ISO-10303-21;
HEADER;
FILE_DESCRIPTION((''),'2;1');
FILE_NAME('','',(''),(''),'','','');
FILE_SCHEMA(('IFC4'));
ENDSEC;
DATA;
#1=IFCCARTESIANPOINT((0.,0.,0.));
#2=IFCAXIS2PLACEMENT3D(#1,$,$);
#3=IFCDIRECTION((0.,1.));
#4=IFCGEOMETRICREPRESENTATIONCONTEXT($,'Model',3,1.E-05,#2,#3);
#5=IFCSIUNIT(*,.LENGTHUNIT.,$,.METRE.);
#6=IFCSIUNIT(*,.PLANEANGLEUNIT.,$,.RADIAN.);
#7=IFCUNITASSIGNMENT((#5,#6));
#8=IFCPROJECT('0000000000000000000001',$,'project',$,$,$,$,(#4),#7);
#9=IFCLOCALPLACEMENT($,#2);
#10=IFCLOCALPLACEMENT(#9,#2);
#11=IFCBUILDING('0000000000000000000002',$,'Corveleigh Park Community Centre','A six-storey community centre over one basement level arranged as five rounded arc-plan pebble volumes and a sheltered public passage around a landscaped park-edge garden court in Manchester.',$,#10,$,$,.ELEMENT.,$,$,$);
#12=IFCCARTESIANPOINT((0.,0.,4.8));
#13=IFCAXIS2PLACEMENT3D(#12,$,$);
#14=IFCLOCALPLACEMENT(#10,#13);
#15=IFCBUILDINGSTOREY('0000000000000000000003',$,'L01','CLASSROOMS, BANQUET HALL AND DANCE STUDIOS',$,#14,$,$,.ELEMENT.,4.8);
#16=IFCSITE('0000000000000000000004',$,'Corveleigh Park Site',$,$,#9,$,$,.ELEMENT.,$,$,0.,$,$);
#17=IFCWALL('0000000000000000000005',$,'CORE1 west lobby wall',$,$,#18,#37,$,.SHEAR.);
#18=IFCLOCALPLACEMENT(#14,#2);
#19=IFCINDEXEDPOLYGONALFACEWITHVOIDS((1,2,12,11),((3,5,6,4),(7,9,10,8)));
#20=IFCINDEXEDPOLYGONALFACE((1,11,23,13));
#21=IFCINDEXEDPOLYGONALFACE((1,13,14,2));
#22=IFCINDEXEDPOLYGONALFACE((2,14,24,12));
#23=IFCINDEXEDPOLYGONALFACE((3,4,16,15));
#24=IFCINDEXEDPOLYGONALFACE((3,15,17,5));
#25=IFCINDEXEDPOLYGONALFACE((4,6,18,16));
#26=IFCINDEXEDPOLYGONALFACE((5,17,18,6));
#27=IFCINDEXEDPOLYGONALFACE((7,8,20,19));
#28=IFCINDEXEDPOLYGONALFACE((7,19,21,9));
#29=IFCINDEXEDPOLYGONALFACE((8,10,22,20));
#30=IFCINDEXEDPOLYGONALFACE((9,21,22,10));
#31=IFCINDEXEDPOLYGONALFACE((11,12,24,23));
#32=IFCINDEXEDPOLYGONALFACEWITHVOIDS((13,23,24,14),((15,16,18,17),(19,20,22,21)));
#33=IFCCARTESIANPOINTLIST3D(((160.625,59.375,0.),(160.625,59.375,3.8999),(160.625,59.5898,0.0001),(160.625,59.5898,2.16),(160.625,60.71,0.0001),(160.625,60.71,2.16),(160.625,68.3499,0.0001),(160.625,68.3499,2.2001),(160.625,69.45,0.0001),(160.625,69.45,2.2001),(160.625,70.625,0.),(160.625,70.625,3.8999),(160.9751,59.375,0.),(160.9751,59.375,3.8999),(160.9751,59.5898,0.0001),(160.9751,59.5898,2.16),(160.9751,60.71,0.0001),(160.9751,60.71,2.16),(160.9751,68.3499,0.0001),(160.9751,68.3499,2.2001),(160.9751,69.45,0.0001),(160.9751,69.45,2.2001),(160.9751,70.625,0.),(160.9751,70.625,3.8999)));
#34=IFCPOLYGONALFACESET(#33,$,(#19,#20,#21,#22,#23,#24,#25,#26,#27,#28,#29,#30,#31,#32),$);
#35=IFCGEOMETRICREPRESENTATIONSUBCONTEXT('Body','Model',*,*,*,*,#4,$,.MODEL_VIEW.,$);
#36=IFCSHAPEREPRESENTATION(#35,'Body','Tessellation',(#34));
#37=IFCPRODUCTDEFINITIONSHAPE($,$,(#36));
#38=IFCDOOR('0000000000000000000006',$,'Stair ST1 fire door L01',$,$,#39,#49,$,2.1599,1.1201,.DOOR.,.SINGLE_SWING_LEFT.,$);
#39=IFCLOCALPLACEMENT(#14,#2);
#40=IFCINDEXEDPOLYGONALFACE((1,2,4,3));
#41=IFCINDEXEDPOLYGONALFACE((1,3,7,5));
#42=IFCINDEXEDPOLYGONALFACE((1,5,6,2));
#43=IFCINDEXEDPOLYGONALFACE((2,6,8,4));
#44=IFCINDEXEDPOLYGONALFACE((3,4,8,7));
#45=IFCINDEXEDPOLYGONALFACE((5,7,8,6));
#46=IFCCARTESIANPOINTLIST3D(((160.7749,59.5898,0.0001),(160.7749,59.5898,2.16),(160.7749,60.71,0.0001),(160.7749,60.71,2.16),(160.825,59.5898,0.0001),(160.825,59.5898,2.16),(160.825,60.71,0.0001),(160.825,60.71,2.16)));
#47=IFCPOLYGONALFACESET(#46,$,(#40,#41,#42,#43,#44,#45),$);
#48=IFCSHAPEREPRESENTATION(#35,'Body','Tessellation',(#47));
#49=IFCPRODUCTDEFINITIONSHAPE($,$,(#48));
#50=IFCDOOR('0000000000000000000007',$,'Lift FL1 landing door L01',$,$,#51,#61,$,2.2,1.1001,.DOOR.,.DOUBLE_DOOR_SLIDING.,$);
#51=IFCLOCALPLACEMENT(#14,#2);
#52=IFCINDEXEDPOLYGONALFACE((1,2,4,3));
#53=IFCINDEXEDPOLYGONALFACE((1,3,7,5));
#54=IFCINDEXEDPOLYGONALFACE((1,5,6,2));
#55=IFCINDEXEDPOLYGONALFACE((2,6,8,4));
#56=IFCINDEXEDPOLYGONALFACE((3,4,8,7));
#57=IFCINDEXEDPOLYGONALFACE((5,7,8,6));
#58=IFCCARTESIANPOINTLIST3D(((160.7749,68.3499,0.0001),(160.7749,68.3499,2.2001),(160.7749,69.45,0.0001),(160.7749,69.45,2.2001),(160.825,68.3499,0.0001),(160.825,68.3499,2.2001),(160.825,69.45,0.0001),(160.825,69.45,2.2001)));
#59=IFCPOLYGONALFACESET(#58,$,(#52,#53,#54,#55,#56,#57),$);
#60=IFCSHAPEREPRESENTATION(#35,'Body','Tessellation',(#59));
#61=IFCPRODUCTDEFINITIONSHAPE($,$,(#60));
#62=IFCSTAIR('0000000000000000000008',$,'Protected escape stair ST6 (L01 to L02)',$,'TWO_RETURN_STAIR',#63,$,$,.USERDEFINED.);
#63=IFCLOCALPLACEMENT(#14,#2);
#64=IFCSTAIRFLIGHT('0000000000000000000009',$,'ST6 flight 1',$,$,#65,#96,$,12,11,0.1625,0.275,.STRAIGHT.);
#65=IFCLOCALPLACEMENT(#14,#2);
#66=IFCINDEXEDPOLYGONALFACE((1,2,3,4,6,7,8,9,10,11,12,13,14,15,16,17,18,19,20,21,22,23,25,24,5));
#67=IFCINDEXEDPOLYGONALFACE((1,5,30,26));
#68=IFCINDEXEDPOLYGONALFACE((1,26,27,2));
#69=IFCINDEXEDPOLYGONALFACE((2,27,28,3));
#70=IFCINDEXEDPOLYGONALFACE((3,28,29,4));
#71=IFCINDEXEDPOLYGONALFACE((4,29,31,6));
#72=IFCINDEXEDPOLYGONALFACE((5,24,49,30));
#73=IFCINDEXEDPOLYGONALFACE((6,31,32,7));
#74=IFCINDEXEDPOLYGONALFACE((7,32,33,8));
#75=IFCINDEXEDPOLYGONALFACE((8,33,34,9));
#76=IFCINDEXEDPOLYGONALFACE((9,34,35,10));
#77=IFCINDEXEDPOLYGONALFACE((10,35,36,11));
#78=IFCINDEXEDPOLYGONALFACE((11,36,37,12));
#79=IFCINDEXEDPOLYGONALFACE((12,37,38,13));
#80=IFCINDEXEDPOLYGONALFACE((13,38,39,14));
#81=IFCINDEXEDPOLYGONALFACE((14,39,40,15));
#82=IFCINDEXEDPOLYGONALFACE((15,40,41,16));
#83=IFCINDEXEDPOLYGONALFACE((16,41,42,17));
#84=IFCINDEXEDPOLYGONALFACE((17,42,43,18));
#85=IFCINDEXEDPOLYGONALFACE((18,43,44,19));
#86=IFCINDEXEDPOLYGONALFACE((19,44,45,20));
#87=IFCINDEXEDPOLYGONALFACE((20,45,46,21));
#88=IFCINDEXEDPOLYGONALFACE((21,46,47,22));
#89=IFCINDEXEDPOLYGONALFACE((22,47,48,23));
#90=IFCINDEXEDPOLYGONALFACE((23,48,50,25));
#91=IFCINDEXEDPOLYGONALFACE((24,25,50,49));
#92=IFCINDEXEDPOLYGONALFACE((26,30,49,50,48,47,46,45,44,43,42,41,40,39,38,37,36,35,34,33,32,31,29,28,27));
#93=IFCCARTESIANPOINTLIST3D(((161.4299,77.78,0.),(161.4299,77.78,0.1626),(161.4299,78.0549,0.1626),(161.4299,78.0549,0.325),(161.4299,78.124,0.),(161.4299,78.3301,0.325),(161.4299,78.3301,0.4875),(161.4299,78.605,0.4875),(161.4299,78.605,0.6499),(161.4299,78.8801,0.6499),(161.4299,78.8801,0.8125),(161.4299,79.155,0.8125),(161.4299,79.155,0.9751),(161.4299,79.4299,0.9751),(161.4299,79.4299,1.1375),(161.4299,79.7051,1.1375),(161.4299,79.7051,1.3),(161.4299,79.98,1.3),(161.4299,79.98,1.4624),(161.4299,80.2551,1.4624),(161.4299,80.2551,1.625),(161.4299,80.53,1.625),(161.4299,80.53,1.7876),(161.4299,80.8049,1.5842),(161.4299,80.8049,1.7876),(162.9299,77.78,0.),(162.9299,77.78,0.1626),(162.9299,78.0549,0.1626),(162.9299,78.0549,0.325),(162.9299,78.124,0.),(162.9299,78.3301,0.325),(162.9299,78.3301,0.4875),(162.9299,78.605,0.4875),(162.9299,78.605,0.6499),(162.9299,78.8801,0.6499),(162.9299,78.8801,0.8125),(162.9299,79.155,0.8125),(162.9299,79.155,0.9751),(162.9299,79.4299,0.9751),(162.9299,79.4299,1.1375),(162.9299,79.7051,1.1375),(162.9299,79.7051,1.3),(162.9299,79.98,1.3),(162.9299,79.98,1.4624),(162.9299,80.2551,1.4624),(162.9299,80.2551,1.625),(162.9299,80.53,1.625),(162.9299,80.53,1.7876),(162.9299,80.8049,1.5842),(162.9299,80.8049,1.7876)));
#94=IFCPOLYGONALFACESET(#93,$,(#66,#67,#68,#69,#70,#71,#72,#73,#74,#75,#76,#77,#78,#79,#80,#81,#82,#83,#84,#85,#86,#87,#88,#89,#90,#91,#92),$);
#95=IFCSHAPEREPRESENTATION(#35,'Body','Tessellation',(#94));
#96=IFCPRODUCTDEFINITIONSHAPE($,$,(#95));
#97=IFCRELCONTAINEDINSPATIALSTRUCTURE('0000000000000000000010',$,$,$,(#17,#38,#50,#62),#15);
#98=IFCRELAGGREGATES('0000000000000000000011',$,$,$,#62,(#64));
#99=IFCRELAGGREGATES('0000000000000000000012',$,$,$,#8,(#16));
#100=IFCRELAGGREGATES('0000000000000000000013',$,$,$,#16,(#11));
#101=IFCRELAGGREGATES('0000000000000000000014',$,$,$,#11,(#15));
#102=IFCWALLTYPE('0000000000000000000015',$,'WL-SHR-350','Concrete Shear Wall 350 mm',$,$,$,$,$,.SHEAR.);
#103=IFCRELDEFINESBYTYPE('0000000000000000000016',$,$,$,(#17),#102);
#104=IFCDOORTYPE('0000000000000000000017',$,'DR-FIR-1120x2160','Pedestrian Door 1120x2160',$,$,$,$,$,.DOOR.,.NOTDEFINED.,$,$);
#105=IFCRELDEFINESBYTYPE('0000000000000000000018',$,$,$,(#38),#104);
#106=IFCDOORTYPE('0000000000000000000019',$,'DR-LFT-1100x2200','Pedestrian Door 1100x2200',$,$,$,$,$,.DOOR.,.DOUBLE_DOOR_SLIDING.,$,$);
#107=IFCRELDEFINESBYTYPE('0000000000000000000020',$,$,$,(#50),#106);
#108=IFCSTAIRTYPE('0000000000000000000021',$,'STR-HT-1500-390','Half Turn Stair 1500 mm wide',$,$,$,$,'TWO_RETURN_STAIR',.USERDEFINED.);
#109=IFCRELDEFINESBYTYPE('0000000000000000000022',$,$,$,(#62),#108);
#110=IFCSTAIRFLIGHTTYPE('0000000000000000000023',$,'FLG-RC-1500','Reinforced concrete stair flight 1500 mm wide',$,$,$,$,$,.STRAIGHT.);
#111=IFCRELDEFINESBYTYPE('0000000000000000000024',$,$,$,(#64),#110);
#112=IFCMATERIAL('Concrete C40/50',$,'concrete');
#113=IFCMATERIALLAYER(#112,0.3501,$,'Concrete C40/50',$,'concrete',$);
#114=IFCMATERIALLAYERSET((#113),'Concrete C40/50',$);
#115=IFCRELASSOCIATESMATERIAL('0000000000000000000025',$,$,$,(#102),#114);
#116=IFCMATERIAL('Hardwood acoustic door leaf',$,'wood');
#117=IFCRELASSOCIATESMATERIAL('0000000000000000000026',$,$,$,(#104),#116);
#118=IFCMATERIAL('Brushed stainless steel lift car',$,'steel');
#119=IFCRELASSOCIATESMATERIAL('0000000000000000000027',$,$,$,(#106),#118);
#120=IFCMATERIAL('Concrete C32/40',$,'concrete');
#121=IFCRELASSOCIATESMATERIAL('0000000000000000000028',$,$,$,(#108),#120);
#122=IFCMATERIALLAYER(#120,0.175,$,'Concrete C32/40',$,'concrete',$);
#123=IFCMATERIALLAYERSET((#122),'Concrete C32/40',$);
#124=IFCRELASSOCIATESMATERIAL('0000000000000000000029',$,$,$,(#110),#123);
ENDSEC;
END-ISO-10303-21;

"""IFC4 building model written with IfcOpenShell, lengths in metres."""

from ifc_helpers import new_model, si_unit, direction, frame, frame_2d, origin, place, context, subcontext, project, spatial, polyline, rectangle, outline, extrude, material, layer, layer_set, type_object, element, fill, aggregate, save


model = new_model("IFC4")

# Units and contexts
model_context = context("Model", 3, precision=1e-05, world=origin(), true_north=direction((0.0, 1.0)))
body_context = subcontext(model_context, "Body", "Model", "MODEL_VIEW")
ifc_project = project(units=[si_unit("LENGTHUNIT", "METRE"), si_unit("PLANEANGLEUNIT", "RADIAN")], contexts=[model_context])

# Site, building, storey
site_placement = place(None, origin())
site = spatial("IfcSite", under=ifc_project, at=site_placement, Name="Corveleigh Park Site", CompositionType="ELEMENT", RefElevation=0.0)
building_placement = place(site_placement, origin())
building = spatial("IfcBuilding", under=site, at=building_placement, Name="Corveleigh Park Community Centre", Description="A six-storey community centre over one basement level arranged as five rounded arc-plan pebble volumes and a sheltered public passage around a landscaped park-edge garden court in Manchester.", CompositionType="ELEMENT")
storey_placement = place(building_placement, frame((0.0, 0.0, 4.8)))
storey = spatial("IfcBuildingStorey", under=building, at=storey_placement, Name="L01", Description="CLASSROOMS, BANQUET HALL AND DANCE STUDIOS", CompositionType="ELEMENT", Elevation=4.8)

# Shared definitions
ifc_material_1 = material(Name="Concrete C40/50", Category="concrete")

# Shared definitions
ifc_material_2 = material(Name="Hardwood acoustic door leaf", Category="wood")

# Wall, openings, doors
ifc_layer_1 = layer(ifc_material_1, 0.3501, Name="Concrete C40/50", Category="concrete")
ifc_layer_set_1 = layer_set([ifc_layer_1], Name="Concrete C40/50")
wall_type_1 = type_object("IfcWallType", Name="WL-SHR-350", Description="Concrete Shear Wall 350 mm", PredefinedType="SHEAR", material=ifc_layer_set_1)
wall_1_placement = place(storey_placement, frame((160.8, 70.625, 0.0), z_axis=(0.0, 0.0, 1.0), x_axis=(0.0, -1.0, 0.0)))
wall_1 = element("IfcWall", 1, at=wall_1_placement, inside=storey, type_object=wall_type_1, Name="CORE1 west lobby wall", PredefinedType="SHEAR", context=body_context, shape_type="SweptSolid", body=[
    extrude(rectangle(XDim=11.25, YDim=0.3501, at=frame_2d((5.625, 0.0))), origin(), (0.0, 0.0, 1.0), 3.8999),
])
opening_1_placement = place(wall_1_placement, frame((1.175, 0.0, 0.0)))
opening_1 = element("IfcOpeningElement", 2, at=opening_1_placement, cuts=wall_1, PredefinedType="OPENING", context=body_context, shape_type="SweptSolid", body=[
    extrude(rectangle(XDim=1.1001, YDim=2.2, at=frame_2d((0.55, 1.1001))), frame((0.0, 0.1851, 0.0), z_axis=(0.0, -1.0, 0.0), x_axis=(1.0, 0.0, 0.0)), (0.0, 0.0, 1.0), 0.3701),
])
opening_2_placement = place(wall_1_placement, frame((9.915, 0.0, 0.0)))
opening_2 = element("IfcOpeningElement", 3, at=opening_2_placement, cuts=wall_1, PredefinedType="OPENING", context=body_context, shape_type="SweptSolid", body=[
    extrude(rectangle(XDim=1.1201, YDim=2.1599, at=frame_2d((0.5601, 1.0801))), frame((0.0, 0.1851, 0.0), z_axis=(0.0, -1.0, 0.0), x_axis=(1.0, 0.0, 0.0)), (0.0, 0.0, 1.0), 0.3701),
])
door_type_1 = type_object("IfcDoorType", Name="DR-FIR-1120x2160", Description="Pedestrian Door 1120x2160", OperationType="NOTDEFINED", PredefinedType="DOOR", material=ifc_material_2)
door_1_placement = place(opening_2_placement, origin())
door_1 = element("IfcDoor", 4, at=door_1_placement, inside=storey, type_object=door_type_1, Name="Stair ST1 fire door L01", OperationType="SINGLE_SWING_LEFT", OverallHeight=2.1599, OverallWidth=1.1201, PredefinedType="DOOR", context=body_context, shape_type="SweptSolid", body=[
    extrude(rectangle(XDim=1.1201, YDim=2.1599, at=frame_2d((0.5601, 1.0801))), frame((0.0, 0.0249, 0.0), z_axis=(0.0, -1.0, 0.0), x_axis=(1.0, 0.0, 0.0)), (0.0, 0.0, 1.0), 0.05),
])
fill(opening_2, door_1)
ifc_material_3 = material(Name="Brushed stainless steel lift car", Category="steel")
door_type_2 = type_object("IfcDoorType", Name="DR-LFT-1100x2200", Description="Pedestrian Door 1100x2200", OperationType="DOUBLE_DOOR_SLIDING", PredefinedType="DOOR", material=ifc_material_3)
door_2_placement = place(opening_1_placement, origin())
door_2 = element("IfcDoor", 5, at=door_2_placement, inside=storey, type_object=door_type_2, Name="Lift FL1 landing door L01", OperationType="DOUBLE_DOOR_SLIDING", OverallHeight=2.2, OverallWidth=1.1001, PredefinedType="DOOR", context=body_context, shape_type="SweptSolid", body=[
    extrude(rectangle(XDim=1.1001, YDim=2.2, at=frame_2d((0.55, 1.1001))), frame((0.0, 0.0249, 0.0), z_axis=(0.0, -1.0, 0.0), x_axis=(1.0, 0.0, 0.0)), (0.0, 0.0, 1.0), 0.05),
])
fill(opening_1, door_2)

# Stair, stair flight
ifc_material_4 = material(Name="Concrete C32/40", Category="concrete")
stair_type = type_object("IfcStairType", Name="STR-HT-1500-390", Description="Half Turn Stair 1500 mm wide", ElementType="TWO_RETURN_STAIR", PredefinedType="USERDEFINED", material=ifc_material_4)
stair_placement = place(storey_placement, origin())
stair = element("IfcStair", 6, at=stair_placement, inside=storey, type_object=stair_type, Name="Protected escape stair ST6 (L01 to L02)", ObjectType="TWO_RETURN_STAIR", PredefinedType="USERDEFINED")
ifc_layer_2 = layer(ifc_material_4, 0.175, Name="Concrete C32/40", Category="concrete")
ifc_layer_set_2 = layer_set([ifc_layer_2], Name="Concrete C32/40")
stair_flight_type = type_object("IfcStairFlightType", Name="FLG-RC-1500", Description="Reinforced concrete stair flight 1500 mm wide", PredefinedType="STRAIGHT", material=ifc_layer_set_2)
stair_flight_placement = place(storey_placement, frame((162.1799, 77.78, 0.0), z_axis=(0.0, 0.0, 1.0), x_axis=(0.0, 1.0, 0.0)))
stair_flight = element("IfcStairFlight", 7, at=stair_flight_placement, type_object=stair_flight_type, Name="ST6 flight 1", NumberOfRisers=12, NumberOfTreads=11, PredefinedType="STRAIGHT", RiserHeight=0.1625, TreadLength=0.275, context=body_context, shape_type="SweptSolid", body=[
    extrude(outline(polyline([(0.0, 0.0), (0.0, 0.1626), (0.2749, 0.1626), (0.2749, 0.325), (0.55, 0.325), (0.55, 0.4875), (0.825, 0.4875), (0.825, 0.6499), (1.1001, 0.6499), (1.1001, 0.8125), (1.375, 0.8125), (1.375, 0.9751), (1.6499, 0.9751), (1.6499, 1.1375), (1.925, 1.1375), (1.925, 1.3), (2.2, 1.3), (2.2, 1.4624), (2.4751, 1.4624), (2.4751, 1.625), (2.75, 1.625), (2.75, 1.7876), (3.0249, 1.7876), (3.0249, 1.95), (3.0249, 1.5842), (0.344, 0.0), (0.0, 0.0)])), frame((0.0, 0.75, 0.0), z_axis=(0.0, -1.0, 0.0), x_axis=(1.0, 0.0, 0.0)), (0.0, 0.0, 1.0), 1.5),
])
aggregate(stair, [stair_flight])

save(model, "model.ifc")
